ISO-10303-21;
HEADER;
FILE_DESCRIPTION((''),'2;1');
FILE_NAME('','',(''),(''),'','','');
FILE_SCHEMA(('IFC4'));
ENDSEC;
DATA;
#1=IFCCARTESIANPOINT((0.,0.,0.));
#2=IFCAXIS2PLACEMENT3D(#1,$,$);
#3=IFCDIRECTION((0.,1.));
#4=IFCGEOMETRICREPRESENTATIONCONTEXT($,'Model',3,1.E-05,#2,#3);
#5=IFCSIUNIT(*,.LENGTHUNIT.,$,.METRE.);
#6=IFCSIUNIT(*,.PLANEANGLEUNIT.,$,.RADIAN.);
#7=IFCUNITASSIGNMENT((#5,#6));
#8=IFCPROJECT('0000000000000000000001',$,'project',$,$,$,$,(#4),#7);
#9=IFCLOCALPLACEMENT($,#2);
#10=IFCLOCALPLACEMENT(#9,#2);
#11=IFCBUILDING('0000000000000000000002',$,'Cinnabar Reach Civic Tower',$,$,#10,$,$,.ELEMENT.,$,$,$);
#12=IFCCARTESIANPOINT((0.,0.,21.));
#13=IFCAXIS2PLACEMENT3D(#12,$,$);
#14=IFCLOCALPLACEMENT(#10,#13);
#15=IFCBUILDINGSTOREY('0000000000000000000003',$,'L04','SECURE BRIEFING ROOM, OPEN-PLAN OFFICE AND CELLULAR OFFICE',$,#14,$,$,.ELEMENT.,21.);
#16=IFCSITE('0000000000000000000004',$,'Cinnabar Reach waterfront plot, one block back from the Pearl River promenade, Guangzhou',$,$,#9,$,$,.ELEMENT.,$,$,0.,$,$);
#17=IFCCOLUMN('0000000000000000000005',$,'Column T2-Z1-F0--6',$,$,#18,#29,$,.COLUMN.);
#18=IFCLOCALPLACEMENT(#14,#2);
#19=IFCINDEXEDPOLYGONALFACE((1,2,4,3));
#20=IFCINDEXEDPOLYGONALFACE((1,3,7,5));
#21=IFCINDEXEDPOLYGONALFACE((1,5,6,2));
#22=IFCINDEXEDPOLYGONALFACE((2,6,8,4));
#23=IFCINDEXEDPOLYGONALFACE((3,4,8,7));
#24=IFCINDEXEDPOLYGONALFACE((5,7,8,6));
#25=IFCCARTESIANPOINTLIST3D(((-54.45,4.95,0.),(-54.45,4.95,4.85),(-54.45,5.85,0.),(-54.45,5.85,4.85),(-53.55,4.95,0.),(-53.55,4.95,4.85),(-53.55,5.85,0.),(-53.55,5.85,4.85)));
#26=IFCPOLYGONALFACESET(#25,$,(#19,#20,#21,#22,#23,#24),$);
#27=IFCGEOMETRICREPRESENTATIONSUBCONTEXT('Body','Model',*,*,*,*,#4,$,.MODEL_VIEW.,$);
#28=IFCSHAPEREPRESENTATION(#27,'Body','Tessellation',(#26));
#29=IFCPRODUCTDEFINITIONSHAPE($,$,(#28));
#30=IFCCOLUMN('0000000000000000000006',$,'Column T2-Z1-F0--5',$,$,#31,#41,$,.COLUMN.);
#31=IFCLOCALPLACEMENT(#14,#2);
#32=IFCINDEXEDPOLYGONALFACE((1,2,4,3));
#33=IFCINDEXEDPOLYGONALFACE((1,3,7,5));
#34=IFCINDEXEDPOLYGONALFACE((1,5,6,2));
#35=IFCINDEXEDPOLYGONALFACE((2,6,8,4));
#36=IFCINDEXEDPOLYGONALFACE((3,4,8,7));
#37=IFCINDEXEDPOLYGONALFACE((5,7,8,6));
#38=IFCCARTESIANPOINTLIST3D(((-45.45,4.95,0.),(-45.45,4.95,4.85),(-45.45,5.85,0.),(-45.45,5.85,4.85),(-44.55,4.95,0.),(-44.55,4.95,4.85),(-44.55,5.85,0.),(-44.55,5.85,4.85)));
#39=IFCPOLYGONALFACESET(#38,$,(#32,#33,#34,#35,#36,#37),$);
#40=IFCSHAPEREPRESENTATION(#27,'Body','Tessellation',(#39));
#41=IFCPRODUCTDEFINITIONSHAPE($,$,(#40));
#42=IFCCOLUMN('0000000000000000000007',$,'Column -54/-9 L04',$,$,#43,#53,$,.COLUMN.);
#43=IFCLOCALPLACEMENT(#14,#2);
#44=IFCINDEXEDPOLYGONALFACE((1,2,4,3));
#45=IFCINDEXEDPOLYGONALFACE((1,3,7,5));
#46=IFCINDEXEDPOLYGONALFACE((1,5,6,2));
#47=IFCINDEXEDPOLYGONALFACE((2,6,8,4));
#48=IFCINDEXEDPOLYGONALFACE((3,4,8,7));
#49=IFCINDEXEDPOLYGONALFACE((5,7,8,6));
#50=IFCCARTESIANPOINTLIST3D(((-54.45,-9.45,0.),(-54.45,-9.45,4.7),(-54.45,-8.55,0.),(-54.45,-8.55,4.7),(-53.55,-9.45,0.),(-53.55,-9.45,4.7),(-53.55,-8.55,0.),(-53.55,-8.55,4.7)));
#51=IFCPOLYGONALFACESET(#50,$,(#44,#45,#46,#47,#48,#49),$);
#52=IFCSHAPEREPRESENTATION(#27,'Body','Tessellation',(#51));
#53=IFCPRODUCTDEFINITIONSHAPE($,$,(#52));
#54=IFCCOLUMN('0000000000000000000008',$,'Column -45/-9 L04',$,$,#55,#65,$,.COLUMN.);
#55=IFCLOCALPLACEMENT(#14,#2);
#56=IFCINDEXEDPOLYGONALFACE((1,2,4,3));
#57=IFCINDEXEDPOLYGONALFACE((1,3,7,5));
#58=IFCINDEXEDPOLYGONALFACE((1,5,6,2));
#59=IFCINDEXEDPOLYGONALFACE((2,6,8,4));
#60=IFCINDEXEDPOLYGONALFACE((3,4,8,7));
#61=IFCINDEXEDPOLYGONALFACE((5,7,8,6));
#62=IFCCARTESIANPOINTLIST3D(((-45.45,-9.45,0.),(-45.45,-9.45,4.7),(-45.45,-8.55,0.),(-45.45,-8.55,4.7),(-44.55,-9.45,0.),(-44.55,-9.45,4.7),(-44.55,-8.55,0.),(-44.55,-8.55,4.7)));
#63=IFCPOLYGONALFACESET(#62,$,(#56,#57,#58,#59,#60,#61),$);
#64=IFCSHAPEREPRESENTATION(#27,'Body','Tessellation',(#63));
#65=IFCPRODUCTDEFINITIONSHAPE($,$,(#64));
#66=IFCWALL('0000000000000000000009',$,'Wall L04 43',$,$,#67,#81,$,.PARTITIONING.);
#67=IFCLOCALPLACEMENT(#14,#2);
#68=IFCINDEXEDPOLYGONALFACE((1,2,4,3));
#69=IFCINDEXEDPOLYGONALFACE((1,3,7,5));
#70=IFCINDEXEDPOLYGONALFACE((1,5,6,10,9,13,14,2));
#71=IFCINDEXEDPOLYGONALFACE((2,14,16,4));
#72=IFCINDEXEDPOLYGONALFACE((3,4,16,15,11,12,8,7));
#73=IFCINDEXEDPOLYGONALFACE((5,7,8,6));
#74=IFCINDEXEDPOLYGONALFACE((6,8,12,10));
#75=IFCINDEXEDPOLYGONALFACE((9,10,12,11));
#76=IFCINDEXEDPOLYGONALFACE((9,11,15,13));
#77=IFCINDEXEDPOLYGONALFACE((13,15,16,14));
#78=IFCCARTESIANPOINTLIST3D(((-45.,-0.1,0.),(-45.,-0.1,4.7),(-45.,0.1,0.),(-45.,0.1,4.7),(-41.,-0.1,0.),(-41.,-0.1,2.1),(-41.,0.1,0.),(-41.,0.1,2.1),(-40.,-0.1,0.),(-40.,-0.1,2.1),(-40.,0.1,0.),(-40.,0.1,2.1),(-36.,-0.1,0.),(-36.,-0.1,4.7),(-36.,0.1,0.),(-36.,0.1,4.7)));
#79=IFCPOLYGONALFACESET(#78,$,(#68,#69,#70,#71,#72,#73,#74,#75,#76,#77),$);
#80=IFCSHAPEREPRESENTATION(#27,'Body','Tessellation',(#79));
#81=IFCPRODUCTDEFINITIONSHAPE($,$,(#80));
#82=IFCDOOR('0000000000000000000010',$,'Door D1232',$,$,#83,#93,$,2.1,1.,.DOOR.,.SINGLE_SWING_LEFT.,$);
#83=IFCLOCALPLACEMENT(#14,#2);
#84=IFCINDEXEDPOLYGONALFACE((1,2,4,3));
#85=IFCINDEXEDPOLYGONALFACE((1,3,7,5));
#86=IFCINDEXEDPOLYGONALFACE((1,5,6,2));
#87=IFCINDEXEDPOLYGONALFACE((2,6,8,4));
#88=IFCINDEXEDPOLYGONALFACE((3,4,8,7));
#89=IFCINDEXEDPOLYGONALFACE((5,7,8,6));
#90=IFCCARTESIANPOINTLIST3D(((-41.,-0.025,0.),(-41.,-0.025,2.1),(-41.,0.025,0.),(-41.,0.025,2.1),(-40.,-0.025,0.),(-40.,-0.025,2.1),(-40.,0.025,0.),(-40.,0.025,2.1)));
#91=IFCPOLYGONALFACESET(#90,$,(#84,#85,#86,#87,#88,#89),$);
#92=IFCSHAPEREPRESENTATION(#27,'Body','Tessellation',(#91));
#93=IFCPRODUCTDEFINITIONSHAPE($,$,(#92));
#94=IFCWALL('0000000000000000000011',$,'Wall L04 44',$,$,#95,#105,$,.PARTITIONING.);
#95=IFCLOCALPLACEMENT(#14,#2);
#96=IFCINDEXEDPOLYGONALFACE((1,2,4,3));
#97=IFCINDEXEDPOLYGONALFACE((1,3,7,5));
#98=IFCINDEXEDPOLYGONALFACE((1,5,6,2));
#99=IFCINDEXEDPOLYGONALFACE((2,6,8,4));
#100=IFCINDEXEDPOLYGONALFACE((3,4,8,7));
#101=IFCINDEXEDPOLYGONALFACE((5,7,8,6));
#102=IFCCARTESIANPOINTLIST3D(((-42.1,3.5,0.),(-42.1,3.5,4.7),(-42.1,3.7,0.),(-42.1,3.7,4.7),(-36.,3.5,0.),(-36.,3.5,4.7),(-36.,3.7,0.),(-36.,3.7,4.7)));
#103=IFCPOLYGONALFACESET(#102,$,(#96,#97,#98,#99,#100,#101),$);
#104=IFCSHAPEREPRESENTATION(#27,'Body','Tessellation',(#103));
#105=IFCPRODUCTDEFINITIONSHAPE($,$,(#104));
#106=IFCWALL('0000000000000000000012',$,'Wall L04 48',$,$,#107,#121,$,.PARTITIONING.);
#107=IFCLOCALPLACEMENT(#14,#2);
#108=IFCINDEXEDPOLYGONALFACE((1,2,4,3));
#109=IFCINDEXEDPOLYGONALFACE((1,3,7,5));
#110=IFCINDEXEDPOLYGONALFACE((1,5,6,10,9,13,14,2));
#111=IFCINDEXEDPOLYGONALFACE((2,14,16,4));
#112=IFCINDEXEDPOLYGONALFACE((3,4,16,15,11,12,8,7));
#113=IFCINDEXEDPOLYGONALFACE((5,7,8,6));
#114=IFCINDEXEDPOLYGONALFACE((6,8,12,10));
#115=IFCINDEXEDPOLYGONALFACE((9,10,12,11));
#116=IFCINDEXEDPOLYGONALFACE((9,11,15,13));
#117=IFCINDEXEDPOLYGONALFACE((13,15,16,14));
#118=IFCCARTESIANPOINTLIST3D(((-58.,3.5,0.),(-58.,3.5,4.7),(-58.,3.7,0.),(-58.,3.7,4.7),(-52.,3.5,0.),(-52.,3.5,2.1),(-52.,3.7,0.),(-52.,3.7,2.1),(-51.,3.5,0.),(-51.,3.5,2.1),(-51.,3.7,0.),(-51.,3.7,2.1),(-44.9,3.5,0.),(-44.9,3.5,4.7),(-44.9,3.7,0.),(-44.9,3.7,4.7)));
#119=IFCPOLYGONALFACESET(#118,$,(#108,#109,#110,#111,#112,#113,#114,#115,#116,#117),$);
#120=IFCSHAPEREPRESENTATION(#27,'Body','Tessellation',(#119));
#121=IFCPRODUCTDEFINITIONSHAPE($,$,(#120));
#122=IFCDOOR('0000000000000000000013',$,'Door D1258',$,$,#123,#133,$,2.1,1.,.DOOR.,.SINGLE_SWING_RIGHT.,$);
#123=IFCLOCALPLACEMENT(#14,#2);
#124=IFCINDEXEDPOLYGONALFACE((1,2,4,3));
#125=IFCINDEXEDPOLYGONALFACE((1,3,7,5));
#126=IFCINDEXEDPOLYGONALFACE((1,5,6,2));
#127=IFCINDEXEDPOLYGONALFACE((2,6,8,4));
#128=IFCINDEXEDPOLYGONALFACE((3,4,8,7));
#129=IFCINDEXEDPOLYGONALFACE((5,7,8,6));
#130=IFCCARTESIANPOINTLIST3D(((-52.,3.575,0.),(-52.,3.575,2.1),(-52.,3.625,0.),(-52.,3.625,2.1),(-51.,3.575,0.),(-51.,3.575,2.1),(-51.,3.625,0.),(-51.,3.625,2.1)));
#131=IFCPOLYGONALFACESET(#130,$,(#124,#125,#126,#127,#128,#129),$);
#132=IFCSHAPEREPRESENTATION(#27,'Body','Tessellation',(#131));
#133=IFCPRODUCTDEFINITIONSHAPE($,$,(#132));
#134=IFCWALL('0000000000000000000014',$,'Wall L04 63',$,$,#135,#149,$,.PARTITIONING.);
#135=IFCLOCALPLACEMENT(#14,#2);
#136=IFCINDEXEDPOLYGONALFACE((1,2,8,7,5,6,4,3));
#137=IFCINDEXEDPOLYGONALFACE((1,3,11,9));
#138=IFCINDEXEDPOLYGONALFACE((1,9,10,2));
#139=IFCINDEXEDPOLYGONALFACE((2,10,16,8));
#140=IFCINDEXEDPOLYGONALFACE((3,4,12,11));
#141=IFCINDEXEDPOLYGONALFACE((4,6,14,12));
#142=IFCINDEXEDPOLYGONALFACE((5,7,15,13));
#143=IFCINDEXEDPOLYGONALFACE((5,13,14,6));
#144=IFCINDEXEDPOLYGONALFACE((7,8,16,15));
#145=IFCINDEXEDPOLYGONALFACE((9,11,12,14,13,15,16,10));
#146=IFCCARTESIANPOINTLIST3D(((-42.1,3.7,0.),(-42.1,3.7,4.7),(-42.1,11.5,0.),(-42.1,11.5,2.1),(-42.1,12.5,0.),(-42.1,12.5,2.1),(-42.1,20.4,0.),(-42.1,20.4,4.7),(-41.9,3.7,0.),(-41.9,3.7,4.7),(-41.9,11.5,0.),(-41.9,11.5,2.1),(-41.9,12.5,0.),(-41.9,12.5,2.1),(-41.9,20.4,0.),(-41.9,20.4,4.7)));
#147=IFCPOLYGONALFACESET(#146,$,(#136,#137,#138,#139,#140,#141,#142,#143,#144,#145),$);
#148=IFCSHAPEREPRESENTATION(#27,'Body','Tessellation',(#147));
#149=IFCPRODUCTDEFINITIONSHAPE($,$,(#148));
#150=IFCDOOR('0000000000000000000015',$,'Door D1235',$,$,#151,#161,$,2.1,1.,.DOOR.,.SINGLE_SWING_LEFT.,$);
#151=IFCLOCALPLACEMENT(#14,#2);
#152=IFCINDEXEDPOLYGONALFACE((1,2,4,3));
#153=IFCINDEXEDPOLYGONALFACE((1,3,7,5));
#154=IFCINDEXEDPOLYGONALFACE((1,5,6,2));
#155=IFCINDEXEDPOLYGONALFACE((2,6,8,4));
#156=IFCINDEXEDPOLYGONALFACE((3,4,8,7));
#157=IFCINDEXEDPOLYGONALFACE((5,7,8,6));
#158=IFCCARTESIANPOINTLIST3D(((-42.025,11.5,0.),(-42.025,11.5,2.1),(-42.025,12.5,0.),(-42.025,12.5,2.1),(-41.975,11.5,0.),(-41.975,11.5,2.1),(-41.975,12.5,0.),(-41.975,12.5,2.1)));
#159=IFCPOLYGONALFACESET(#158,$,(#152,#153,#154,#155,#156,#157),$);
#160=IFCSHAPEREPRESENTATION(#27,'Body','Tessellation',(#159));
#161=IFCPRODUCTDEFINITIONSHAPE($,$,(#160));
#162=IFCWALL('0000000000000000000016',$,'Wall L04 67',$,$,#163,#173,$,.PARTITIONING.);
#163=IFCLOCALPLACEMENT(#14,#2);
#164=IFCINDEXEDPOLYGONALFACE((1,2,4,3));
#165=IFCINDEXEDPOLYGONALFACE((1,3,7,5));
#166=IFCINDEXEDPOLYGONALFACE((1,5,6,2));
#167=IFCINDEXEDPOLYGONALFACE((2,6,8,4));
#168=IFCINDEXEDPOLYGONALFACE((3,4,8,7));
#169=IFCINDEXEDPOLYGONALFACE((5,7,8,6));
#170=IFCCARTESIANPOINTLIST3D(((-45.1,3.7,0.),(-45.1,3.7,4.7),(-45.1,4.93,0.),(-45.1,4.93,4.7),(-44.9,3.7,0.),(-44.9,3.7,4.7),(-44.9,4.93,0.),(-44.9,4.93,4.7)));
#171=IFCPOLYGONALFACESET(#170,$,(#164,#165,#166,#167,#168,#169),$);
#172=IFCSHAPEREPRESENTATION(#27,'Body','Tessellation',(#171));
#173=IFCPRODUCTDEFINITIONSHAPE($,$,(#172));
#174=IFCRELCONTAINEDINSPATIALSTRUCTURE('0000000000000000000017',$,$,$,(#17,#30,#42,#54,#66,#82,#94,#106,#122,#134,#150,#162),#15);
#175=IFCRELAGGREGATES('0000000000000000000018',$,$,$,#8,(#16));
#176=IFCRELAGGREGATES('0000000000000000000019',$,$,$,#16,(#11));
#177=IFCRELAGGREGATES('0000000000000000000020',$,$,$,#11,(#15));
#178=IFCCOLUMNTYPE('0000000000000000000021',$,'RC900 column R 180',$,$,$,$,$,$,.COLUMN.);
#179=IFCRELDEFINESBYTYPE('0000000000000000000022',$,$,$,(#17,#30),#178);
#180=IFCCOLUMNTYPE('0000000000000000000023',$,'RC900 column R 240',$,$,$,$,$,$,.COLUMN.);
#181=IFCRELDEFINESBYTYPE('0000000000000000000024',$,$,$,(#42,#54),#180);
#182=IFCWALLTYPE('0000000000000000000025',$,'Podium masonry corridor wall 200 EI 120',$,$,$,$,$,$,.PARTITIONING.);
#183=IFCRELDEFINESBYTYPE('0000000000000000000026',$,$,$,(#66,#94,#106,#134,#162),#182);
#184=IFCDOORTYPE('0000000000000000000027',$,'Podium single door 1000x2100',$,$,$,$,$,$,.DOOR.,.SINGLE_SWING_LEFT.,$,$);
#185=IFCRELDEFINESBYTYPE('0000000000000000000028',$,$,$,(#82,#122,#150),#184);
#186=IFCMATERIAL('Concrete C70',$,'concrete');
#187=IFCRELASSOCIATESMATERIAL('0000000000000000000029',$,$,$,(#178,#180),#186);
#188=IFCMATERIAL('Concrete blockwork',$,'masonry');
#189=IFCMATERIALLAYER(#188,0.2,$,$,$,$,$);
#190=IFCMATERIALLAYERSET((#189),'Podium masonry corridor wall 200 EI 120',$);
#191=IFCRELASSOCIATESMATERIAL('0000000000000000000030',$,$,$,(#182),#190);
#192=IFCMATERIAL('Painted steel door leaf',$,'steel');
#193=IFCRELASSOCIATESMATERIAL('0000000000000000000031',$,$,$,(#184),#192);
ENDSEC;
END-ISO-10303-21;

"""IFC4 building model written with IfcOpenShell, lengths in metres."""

from ifc_helpers import new_model, si_unit, direction, frame, frame_2d, origin, origin_2d, place, context, subcontext, project, spatial, rectangle, extrude, material, layer, layer_set, material_profile, profile_set, type_object, element, fill, save


model = new_model("IFC4")

# Units and contexts
model_context = context("Model", 3, precision=1e-05, world=origin(), true_north=direction((0.0, 1.0)))
body_context = subcontext(model_context, "Body", "Model", "MODEL_VIEW")
ifc_project = project(units=[si_unit("LENGTHUNIT", "METRE"), si_unit("PLANEANGLEUNIT", "RADIAN")], contexts=[model_context])

# Site, building, storey
site_placement = place(None, origin())
site = spatial("IfcSite", under=ifc_project, at=site_placement, Name="Cinnabar Reach waterfront plot, one block back from the Pearl River promenade, Guangzhou", CompositionType="ELEMENT", RefElevation=0.0)
building_placement = place(site_placement, origin())
building = spatial("IfcBuilding", under=site, at=building_placement, Name="Cinnabar Reach Civic Tower", CompositionType="ELEMENT")
storey_placement = place(building_placement, frame((0.0, 0.0, 21.0)))
storey = spatial("IfcBuildingStorey", under=building, at=storey_placement, Name="L04", Description="SECURE BRIEFING ROOM, OPEN-PLAN OFFICE AND CELLULAR OFFICE", CompositionType="ELEMENT", Elevation=21.0)

# Columns
ifc_material_1 = material(Name="Concrete C70", Category="concrete")
ifc_material_profile_1 = material_profile(ifc_material_1, rectangle(XDim=0.9, YDim=0.9, at=origin_2d()), Name="RC900")
ifc_profile_set_1 = profile_set([ifc_material_profile_1], Name="Concrete C70")
column_type_1 = type_object("IfcColumnType", Name="RC900 column R 180", PredefinedType="COLUMN", material=ifc_profile_set_1)
for number, where, z_axis, x_axis, name in (
    (1, (-54.0, 5.4, 0.0), (0.0, 0.0, 1.0), (1.0, 0.0, 0.0), "Column T2-Z1-F0--6"),
    (2, (-45.0, 5.4, 0.0), (0.0, 0.0, 1.0), (1.0, 0.0, 0.0), "Column T2-Z1-F0--5"),
):
    element("IfcColumn", number, at=place(storey_placement, frame(where, z_axis=z_axis, x_axis=x_axis)), inside=storey, type_object=column_type_1, Name=name, PredefinedType="COLUMN", context=body_context, shape_type="SweptSolid", body=[
        extrude(rectangle(XDim=0.9, YDim=0.9, at=origin_2d()), origin(), (0.0, 0.0, 1.0), 4.85),
    ])
ifc_material_profile_2 = material_profile(ifc_material_1, rectangle(XDim=0.9, YDim=0.9, at=origin_2d()), Name="RC900")
ifc_profile_set_2 = profile_set([ifc_material_profile_2], Name="Concrete C70")
column_type_2 = type_object("IfcColumnType", Name="RC900 column R 240", PredefinedType="COLUMN", material=ifc_profile_set_2)
for number, where, z_axis, x_axis, name in (
    (3, (-54.0, -9.0, 0.0), (0.0, 0.0, 1.0), (1.0, 0.0, 0.0), "Column -54/-9 L04"),
    (4, (-45.0, -9.0, 0.0), (0.0, 0.0, 1.0), (1.0, 0.0, 0.0), "Column -45/-9 L04"),
):
    element("IfcColumn", number, at=place(storey_placement, frame(where, z_axis=z_axis, x_axis=x_axis)), inside=storey, type_object=column_type_2, Name=name, PredefinedType="COLUMN", context=body_context, shape_type="SweptSolid", body=[
        extrude(rectangle(XDim=0.9, YDim=0.9, at=origin_2d()), origin(), (0.0, 0.0, 1.0), 4.7),
    ])

# Wall, opening, door
ifc_material_2 = material(Name="Concrete blockwork", Category="masonry")
ifc_layer_1 = layer(ifc_material_2, 0.2)
ifc_layer_set_1 = layer_set([ifc_layer_1], Name="Podium masonry corridor wall 200 EI 120")
wall_type_1 = type_object("IfcWallType", Name="Podium masonry corridor wall 200 EI 120", PredefinedType="PARTITIONING", material=ifc_layer_set_1)
wall_1_placement = place(storey_placement, frame((-45.0, 0.0, 0.0), z_axis=(0.0, 0.0, 1.0), x_axis=(1.0, 0.0, 0.0)))
wall_1 = element("IfcWall", 5, at=wall_1_placement, inside=storey, type_object=wall_type_1, Name="Wall L04 43", PredefinedType="PARTITIONING", context=body_context, shape_type="SweptSolid", body=[
    extrude(rectangle(XDim=9.0, YDim=0.2, at=frame_2d((4.5, 0.0))), origin(), (0.0, 0.0, 1.0), 4.7),
])
opening_1_placement = place(wall_1_placement, frame((4.0, 0.0, 0.0)))
opening_1 = element("IfcOpeningElement", 6, at=opening_1_placement, cuts=wall_1, PredefinedType="OPENING", context=body_context, shape_type="SweptSolid", body=[
    extrude(rectangle(XDim=1.0, YDim=2.1, at=frame_2d((0.5, 1.05))), frame((0.0, 0.11, 0.0), z_axis=(0.0, -1.0, 0.0), x_axis=(1.0, 0.0, 0.0)), (0.0, 0.0, 1.0), 0.22),
])
ifc_material_3 = material(Name="Painted steel door leaf", Category="steel")
door_type_1 = type_object("IfcDoorType", Name="Podium single door 1000x2100", OperationType="SINGLE_SWING_LEFT", PredefinedType="DOOR", material=ifc_material_3)
door_1_placement = place(opening_1_placement, frame((1.0, 0.0, 0.0), z_axis=(0.0, 0.0, 1.0), x_axis=(-1.0, 0.0, 0.0)))
door_1 = element("IfcDoor", 7, at=door_1_placement, inside=storey, type_object=door_type_1, Name="Door D1232", OperationType="SINGLE_SWING_LEFT", OverallHeight=2.1, OverallWidth=1.0, PredefinedType="DOOR", context=body_context, shape_type="SweptSolid", body=[
    extrude(rectangle(XDim=1.0, YDim=2.1, at=frame_2d((0.5, 1.05))), frame((0.0, 0.025, 0.0), z_axis=(0.0, -1.0, 0.0), x_axis=(1.0, 0.0, 0.0)), (0.0, 0.0, 1.0), 0.05),
])
fill(opening_1, door_1)

# Wall
wall_2_placement = place(storey_placement, frame((-42.1, 3.6, 0.0), z_axis=(0.0, 0.0, 1.0), x_axis=(1.0, 0.0, 0.0)))
element("IfcWall", 8, at=wall_2_placement, inside=storey, type_object=wall_type_1, Name="Wall L04 44", PredefinedType="PARTITIONING", context=body_context, shape_type="SweptSolid", body=[
    extrude(rectangle(XDim=6.1, YDim=0.2, at=frame_2d((3.05, 0.0))), origin(), (0.0, 0.0, 1.0), 4.7),
])

# Walls, openings, doors
wall_3_placement = place(storey_placement, frame((-58.0, 3.6, 0.0), z_axis=(0.0, 0.0, 1.0), x_axis=(1.0, 0.0, 0.0)))
wall_3 = element("IfcWall", 9, at=wall_3_placement, inside=storey, type_object=wall_type_1, Name="Wall L04 48", PredefinedType="PARTITIONING", context=body_context, shape_type="SweptSolid", body=[
    extrude(rectangle(XDim=13.1, YDim=0.2, at=frame_2d((6.55, 0.0))), origin(), (0.0, 0.0, 1.0), 4.7),
])
opening_2_placement = place(wall_3_placement, frame((6.0, 0.0, 0.0)))
opening_2 = element("IfcOpeningElement", 10, at=opening_2_placement, cuts=wall_3, PredefinedType="OPENING", context=body_context, shape_type="SweptSolid", body=[
    extrude(rectangle(XDim=1.0, YDim=2.1, at=frame_2d((0.5, 1.05))), frame((0.0, 0.11, 0.0), z_axis=(0.0, -1.0, 0.0), x_axis=(1.0, 0.0, 0.0)), (0.0, 0.0, 1.0), 0.22),
])
door_2_placement = place(opening_2_placement, origin())
door_2 = element("IfcDoor", 11, at=door_2_placement, inside=storey, type_object=door_type_1, Name="Door D1258", OperationType="SINGLE_SWING_RIGHT", OverallHeight=2.1, OverallWidth=1.0, PredefinedType="DOOR", context=body_context, shape_type="SweptSolid", body=[
    extrude(rectangle(XDim=1.0, YDim=2.1, at=frame_2d((0.5, 1.05))), frame((0.0, 0.025, 0.0), z_axis=(0.0, -1.0, 0.0), x_axis=(1.0, 0.0, 0.0)), (0.0, 0.0, 1.0), 0.05),
])
fill(opening_2, door_2)
wall_4_placement = place(storey_placement, frame((-42.0, 3.7, 0.0), z_axis=(0.0, 0.0, 1.0), x_axis=(0.0, 1.0, 0.0)))
wall_4 = element("IfcWall", 12, at=wall_4_placement, inside=storey, type_object=wall_type_1, Name="Wall L04 63", PredefinedType="PARTITIONING", context=body_context, shape_type="SweptSolid", body=[
    extrude(rectangle(XDim=16.7, YDim=0.2, at=frame_2d((8.35, 0.0))), origin(), (0.0, 0.0, 1.0), 4.7),
])
opening_3_placement = place(wall_4_placement, frame((7.8, 0.0, 0.0)))
opening_3 = element("IfcOpeningElement", 13, at=opening_3_placement, cuts=wall_4, PredefinedType="OPENING", context=body_context, shape_type="SweptSolid", body=[
    extrude(rectangle(XDim=1.0, YDim=2.1, at=frame_2d((0.5, 1.05))), frame((0.0, 0.11, 0.0), z_axis=(0.0, -1.0, 0.0), x_axis=(1.0, 0.0, 0.0)), (0.0, 0.0, 1.0), 0.22),
])
door_3_placement = place(opening_3_placement, frame((1.0, 0.0, 0.0), z_axis=(0.0, 0.0, 1.0), x_axis=(-1.0, 0.0, 0.0)))
door_3 = element("IfcDoor", 14, at=door_3_placement, inside=storey, type_object=door_type_1, Name="Door D1235", OperationType="SINGLE_SWING_LEFT", OverallHeight=2.1, OverallWidth=1.0, PredefinedType="DOOR", context=body_context, shape_type="SweptSolid", body=[
    extrude(rectangle(XDim=1.0, YDim=2.1, at=frame_2d((0.5, 1.05))), frame((0.0, 0.025, 0.0), z_axis=(0.0, -1.0, 0.0), x_axis=(1.0, 0.0, 0.0)), (0.0, 0.0, 1.0), 0.05),
])
fill(opening_3, door_3)

# Wall
wall_5_placement = place(storey_placement, frame((-45.0, 3.7, 0.0), z_axis=(0.0, 0.0, 1.0), x_axis=(0.0, 1.0, 0.0)))
element("IfcWall", 15, at=wall_5_placement, inside=storey, type_object=wall_type_1, Name="Wall L04 67", PredefinedType="PARTITIONING", context=body_context, shape_type="SweptSolid", body=[
    extrude(rectangle(XDim=1.23, YDim=0.2, at=frame_2d((0.615, 0.0))), origin(), (0.0, 0.0, 1.0), 4.7),
])

save(model, "model.ifc")
